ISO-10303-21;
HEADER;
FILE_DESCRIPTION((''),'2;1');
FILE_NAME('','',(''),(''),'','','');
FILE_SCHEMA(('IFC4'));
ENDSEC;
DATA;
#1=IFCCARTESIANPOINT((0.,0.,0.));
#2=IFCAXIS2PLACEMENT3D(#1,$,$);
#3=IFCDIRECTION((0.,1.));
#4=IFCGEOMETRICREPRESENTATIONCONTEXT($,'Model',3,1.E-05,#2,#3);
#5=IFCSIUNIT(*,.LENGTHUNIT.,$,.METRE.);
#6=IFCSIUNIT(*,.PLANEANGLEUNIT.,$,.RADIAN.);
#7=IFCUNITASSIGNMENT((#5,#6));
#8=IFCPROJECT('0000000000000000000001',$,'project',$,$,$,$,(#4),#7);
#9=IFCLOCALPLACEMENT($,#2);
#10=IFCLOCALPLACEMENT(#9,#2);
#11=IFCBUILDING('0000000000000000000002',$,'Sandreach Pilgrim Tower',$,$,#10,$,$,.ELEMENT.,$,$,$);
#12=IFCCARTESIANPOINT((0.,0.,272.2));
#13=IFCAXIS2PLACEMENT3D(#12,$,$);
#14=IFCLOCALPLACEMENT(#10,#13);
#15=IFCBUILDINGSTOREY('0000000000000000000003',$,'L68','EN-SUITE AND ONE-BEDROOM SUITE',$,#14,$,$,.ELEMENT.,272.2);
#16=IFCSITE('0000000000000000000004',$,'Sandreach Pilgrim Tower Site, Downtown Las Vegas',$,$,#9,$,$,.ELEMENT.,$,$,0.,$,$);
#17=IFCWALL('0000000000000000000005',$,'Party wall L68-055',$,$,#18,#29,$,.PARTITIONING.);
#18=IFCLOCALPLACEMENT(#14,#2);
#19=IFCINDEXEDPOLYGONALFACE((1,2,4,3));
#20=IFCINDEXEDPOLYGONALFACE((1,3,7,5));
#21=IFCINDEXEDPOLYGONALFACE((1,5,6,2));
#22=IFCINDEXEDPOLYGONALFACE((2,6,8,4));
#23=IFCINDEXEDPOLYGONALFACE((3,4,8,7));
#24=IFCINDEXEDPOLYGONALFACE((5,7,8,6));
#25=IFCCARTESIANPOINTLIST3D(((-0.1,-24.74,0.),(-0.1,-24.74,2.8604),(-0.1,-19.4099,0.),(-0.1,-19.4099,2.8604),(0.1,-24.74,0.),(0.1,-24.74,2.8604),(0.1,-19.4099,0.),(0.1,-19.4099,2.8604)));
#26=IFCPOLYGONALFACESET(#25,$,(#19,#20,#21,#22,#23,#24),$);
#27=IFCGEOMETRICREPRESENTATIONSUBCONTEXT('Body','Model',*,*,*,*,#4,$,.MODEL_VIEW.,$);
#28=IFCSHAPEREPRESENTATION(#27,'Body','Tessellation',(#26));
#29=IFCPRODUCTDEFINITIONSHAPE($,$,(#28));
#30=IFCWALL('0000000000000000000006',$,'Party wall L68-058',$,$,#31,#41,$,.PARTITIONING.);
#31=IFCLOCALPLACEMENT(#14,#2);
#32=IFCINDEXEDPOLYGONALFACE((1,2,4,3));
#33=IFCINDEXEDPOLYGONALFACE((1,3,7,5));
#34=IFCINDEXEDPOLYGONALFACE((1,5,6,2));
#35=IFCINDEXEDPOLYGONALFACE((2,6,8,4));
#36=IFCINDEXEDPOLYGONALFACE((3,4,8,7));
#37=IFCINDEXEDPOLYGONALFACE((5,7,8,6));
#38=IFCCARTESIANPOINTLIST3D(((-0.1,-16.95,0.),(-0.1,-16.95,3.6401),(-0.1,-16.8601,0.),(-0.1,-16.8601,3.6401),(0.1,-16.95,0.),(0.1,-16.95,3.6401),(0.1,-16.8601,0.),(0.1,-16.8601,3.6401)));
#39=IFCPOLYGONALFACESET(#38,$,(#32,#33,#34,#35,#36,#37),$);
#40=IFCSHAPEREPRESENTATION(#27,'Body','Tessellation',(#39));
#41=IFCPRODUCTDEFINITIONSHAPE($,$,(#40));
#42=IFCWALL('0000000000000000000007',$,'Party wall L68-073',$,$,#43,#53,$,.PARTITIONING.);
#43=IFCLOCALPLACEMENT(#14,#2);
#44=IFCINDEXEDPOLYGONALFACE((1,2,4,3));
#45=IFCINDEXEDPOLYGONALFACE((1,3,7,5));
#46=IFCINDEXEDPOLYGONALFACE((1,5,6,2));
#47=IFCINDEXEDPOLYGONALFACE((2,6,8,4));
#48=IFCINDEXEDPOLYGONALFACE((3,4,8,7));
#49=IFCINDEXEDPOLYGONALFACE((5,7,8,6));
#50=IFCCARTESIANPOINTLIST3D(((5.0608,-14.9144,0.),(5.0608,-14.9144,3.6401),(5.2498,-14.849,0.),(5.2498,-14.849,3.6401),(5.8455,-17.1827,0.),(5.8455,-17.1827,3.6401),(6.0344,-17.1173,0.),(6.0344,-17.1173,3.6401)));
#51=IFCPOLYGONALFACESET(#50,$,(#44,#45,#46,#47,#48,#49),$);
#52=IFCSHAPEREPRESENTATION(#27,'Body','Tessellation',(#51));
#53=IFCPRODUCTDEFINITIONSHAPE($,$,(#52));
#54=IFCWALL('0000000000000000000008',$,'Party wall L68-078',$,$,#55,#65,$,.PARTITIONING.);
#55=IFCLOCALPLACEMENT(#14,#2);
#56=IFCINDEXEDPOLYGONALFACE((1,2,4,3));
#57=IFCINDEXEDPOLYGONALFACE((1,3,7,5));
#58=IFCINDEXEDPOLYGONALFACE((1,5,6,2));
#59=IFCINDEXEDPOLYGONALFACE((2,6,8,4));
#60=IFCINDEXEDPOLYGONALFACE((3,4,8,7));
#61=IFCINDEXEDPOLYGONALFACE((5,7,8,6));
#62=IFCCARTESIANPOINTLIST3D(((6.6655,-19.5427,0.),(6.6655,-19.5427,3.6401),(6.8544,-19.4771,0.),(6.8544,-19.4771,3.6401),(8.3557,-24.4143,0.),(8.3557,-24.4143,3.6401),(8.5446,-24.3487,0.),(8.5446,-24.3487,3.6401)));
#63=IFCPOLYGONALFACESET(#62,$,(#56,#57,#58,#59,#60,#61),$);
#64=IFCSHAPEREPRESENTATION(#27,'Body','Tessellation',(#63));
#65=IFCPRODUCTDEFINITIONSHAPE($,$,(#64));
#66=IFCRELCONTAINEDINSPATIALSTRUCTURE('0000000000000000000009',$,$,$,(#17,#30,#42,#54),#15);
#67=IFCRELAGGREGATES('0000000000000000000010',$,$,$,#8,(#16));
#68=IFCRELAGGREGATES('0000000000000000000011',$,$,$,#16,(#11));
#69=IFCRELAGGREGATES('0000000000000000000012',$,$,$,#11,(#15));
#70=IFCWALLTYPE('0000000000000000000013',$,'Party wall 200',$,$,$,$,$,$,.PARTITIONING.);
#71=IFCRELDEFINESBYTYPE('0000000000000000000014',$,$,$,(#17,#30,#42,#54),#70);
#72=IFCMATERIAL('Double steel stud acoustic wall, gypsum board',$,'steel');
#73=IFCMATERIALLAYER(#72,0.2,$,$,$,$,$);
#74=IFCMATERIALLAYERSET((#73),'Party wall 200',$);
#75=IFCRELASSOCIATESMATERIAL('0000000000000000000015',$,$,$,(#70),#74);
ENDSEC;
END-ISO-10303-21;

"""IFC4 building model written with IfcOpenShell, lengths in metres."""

from ifc_helpers import new_model, si_unit, direction, frame, frame_2d, origin, place, context, subcontext, project, spatial, rectangle, extrude, material, layer, layer_set, type_object, element, save


model = new_model("IFC4")

# Units and contexts
model_context = context("Model", 3, precision=1e-05, world=origin(), true_north=direction((0.0, 1.0)))
body_context = subcontext(model_context, "Body", "Model", "MODEL_VIEW")
ifc_project = project(units=[si_unit("LENGTHUNIT", "METRE"), si_unit("PLANEANGLEUNIT", "RADIAN")], contexts=[model_context])

# Site, building, storey
site_placement = place(None, origin())
site = spatial("IfcSite", under=ifc_project, at=site_placement, Name="Sandreach Pilgrim Tower Site, Downtown Las Vegas", CompositionType="ELEMENT", RefElevation=0.0)
building_placement = place(site_placement, origin())
building = spatial("IfcBuilding", under=site, at=building_placement, Name="Sandreach Pilgrim Tower", CompositionType="ELEMENT")
storey_placement = place(building_placement, frame((0.0, 0.0, 272.2)))
storey = spatial("IfcBuildingStorey", under=building, at=storey_placement, Name="L68", Description="EN-SUITE AND ONE-BEDROOM SUITE", CompositionType="ELEMENT", Elevation=272.2)

# Walls
ifc_material_1 = material(Name="Double steel stud acoustic wall, gypsum board", Category="steel")
ifc_layer_1 = layer(ifc_material_1, 0.2)
ifc_layer_set_1 = layer_set([ifc_layer_1], Name="Party wall 200")
wall_type_1 = type_object("IfcWallType", Name="Party wall 200", PredefinedType="PARTITIONING", material=ifc_layer_set_1)
wall_1_placement = place(storey_placement, frame((0.0, -24.74, 0.0), z_axis=(0.0, 0.0, 1.0), x_axis=(0.0, 1.0, 0.0)))
element("IfcWall", 1, at=wall_1_placement, inside=storey, type_object=wall_type_1, Name="Party wall L68-055", PredefinedType="PARTITIONING", context=body_context, shape_type="SweptSolid", body=[
    extrude(rectangle(XDim=5.3301, YDim=0.2, at=frame_2d((2.665, 0.0))), origin(), (0.0, 0.0, 1.0), 2.8604),
])
wall_2_placement = place(storey_placement, frame((0.0, -16.95, 0.0), z_axis=(0.0, 0.0, 1.0), x_axis=(0.0, 1.0, 0.0)))
element("IfcWall", 2, at=wall_2_placement, inside=storey, type_object=wall_type_1, Name="Party wall L68-058", PredefinedType="PARTITIONING", context=body_context, shape_type="SweptSolid", body=[
    extrude(rectangle(XDim=0.0898, YDim=0.2, at=frame_2d((0.0449, 0.0))), origin(), (0.0, 0.0, 1.0), 3.6401),
])
wall_3_placement = place(storey_placement, frame((5.1553, -14.8816, 0.0), z_axis=(0.0, 0.0, 1.0), x_axis=(0.326918, -0.945053, 0.0)))
element("IfcWall", 3, at=wall_3_placement, inside=storey, type_object=wall_type_1, Name="Party wall L68-073", PredefinedType="PARTITIONING", context=body_context, shape_type="SweptSolid", body=[
    extrude(rectangle(XDim=2.4001, YDim=0.2, at=frame_2d((1.2002, 0.0))), origin(), (0.0, 0.0, 1.0), 3.6401),
])
wall_4_placement = place(storey_placement, frame((6.76, -19.51, 0.0), z_axis=(0.0, 0.0, 1.0), x_axis=(0.32778, -0.944754, 0.0)))
element("IfcWall", 4, at=wall_4_placement, inside=storey, type_object=wall_type_1, Name="Party wall L68-078", PredefinedType="PARTITIONING", context=body_context, shape_type="SweptSolid", body=[
    extrude(rectangle(XDim=5.1565, YDim=0.2, at=frame_2d((2.5781, 0.0))), origin(), (0.0, 0.0, 1.0), 3.6401),
])

save(model, "model.ifc")
